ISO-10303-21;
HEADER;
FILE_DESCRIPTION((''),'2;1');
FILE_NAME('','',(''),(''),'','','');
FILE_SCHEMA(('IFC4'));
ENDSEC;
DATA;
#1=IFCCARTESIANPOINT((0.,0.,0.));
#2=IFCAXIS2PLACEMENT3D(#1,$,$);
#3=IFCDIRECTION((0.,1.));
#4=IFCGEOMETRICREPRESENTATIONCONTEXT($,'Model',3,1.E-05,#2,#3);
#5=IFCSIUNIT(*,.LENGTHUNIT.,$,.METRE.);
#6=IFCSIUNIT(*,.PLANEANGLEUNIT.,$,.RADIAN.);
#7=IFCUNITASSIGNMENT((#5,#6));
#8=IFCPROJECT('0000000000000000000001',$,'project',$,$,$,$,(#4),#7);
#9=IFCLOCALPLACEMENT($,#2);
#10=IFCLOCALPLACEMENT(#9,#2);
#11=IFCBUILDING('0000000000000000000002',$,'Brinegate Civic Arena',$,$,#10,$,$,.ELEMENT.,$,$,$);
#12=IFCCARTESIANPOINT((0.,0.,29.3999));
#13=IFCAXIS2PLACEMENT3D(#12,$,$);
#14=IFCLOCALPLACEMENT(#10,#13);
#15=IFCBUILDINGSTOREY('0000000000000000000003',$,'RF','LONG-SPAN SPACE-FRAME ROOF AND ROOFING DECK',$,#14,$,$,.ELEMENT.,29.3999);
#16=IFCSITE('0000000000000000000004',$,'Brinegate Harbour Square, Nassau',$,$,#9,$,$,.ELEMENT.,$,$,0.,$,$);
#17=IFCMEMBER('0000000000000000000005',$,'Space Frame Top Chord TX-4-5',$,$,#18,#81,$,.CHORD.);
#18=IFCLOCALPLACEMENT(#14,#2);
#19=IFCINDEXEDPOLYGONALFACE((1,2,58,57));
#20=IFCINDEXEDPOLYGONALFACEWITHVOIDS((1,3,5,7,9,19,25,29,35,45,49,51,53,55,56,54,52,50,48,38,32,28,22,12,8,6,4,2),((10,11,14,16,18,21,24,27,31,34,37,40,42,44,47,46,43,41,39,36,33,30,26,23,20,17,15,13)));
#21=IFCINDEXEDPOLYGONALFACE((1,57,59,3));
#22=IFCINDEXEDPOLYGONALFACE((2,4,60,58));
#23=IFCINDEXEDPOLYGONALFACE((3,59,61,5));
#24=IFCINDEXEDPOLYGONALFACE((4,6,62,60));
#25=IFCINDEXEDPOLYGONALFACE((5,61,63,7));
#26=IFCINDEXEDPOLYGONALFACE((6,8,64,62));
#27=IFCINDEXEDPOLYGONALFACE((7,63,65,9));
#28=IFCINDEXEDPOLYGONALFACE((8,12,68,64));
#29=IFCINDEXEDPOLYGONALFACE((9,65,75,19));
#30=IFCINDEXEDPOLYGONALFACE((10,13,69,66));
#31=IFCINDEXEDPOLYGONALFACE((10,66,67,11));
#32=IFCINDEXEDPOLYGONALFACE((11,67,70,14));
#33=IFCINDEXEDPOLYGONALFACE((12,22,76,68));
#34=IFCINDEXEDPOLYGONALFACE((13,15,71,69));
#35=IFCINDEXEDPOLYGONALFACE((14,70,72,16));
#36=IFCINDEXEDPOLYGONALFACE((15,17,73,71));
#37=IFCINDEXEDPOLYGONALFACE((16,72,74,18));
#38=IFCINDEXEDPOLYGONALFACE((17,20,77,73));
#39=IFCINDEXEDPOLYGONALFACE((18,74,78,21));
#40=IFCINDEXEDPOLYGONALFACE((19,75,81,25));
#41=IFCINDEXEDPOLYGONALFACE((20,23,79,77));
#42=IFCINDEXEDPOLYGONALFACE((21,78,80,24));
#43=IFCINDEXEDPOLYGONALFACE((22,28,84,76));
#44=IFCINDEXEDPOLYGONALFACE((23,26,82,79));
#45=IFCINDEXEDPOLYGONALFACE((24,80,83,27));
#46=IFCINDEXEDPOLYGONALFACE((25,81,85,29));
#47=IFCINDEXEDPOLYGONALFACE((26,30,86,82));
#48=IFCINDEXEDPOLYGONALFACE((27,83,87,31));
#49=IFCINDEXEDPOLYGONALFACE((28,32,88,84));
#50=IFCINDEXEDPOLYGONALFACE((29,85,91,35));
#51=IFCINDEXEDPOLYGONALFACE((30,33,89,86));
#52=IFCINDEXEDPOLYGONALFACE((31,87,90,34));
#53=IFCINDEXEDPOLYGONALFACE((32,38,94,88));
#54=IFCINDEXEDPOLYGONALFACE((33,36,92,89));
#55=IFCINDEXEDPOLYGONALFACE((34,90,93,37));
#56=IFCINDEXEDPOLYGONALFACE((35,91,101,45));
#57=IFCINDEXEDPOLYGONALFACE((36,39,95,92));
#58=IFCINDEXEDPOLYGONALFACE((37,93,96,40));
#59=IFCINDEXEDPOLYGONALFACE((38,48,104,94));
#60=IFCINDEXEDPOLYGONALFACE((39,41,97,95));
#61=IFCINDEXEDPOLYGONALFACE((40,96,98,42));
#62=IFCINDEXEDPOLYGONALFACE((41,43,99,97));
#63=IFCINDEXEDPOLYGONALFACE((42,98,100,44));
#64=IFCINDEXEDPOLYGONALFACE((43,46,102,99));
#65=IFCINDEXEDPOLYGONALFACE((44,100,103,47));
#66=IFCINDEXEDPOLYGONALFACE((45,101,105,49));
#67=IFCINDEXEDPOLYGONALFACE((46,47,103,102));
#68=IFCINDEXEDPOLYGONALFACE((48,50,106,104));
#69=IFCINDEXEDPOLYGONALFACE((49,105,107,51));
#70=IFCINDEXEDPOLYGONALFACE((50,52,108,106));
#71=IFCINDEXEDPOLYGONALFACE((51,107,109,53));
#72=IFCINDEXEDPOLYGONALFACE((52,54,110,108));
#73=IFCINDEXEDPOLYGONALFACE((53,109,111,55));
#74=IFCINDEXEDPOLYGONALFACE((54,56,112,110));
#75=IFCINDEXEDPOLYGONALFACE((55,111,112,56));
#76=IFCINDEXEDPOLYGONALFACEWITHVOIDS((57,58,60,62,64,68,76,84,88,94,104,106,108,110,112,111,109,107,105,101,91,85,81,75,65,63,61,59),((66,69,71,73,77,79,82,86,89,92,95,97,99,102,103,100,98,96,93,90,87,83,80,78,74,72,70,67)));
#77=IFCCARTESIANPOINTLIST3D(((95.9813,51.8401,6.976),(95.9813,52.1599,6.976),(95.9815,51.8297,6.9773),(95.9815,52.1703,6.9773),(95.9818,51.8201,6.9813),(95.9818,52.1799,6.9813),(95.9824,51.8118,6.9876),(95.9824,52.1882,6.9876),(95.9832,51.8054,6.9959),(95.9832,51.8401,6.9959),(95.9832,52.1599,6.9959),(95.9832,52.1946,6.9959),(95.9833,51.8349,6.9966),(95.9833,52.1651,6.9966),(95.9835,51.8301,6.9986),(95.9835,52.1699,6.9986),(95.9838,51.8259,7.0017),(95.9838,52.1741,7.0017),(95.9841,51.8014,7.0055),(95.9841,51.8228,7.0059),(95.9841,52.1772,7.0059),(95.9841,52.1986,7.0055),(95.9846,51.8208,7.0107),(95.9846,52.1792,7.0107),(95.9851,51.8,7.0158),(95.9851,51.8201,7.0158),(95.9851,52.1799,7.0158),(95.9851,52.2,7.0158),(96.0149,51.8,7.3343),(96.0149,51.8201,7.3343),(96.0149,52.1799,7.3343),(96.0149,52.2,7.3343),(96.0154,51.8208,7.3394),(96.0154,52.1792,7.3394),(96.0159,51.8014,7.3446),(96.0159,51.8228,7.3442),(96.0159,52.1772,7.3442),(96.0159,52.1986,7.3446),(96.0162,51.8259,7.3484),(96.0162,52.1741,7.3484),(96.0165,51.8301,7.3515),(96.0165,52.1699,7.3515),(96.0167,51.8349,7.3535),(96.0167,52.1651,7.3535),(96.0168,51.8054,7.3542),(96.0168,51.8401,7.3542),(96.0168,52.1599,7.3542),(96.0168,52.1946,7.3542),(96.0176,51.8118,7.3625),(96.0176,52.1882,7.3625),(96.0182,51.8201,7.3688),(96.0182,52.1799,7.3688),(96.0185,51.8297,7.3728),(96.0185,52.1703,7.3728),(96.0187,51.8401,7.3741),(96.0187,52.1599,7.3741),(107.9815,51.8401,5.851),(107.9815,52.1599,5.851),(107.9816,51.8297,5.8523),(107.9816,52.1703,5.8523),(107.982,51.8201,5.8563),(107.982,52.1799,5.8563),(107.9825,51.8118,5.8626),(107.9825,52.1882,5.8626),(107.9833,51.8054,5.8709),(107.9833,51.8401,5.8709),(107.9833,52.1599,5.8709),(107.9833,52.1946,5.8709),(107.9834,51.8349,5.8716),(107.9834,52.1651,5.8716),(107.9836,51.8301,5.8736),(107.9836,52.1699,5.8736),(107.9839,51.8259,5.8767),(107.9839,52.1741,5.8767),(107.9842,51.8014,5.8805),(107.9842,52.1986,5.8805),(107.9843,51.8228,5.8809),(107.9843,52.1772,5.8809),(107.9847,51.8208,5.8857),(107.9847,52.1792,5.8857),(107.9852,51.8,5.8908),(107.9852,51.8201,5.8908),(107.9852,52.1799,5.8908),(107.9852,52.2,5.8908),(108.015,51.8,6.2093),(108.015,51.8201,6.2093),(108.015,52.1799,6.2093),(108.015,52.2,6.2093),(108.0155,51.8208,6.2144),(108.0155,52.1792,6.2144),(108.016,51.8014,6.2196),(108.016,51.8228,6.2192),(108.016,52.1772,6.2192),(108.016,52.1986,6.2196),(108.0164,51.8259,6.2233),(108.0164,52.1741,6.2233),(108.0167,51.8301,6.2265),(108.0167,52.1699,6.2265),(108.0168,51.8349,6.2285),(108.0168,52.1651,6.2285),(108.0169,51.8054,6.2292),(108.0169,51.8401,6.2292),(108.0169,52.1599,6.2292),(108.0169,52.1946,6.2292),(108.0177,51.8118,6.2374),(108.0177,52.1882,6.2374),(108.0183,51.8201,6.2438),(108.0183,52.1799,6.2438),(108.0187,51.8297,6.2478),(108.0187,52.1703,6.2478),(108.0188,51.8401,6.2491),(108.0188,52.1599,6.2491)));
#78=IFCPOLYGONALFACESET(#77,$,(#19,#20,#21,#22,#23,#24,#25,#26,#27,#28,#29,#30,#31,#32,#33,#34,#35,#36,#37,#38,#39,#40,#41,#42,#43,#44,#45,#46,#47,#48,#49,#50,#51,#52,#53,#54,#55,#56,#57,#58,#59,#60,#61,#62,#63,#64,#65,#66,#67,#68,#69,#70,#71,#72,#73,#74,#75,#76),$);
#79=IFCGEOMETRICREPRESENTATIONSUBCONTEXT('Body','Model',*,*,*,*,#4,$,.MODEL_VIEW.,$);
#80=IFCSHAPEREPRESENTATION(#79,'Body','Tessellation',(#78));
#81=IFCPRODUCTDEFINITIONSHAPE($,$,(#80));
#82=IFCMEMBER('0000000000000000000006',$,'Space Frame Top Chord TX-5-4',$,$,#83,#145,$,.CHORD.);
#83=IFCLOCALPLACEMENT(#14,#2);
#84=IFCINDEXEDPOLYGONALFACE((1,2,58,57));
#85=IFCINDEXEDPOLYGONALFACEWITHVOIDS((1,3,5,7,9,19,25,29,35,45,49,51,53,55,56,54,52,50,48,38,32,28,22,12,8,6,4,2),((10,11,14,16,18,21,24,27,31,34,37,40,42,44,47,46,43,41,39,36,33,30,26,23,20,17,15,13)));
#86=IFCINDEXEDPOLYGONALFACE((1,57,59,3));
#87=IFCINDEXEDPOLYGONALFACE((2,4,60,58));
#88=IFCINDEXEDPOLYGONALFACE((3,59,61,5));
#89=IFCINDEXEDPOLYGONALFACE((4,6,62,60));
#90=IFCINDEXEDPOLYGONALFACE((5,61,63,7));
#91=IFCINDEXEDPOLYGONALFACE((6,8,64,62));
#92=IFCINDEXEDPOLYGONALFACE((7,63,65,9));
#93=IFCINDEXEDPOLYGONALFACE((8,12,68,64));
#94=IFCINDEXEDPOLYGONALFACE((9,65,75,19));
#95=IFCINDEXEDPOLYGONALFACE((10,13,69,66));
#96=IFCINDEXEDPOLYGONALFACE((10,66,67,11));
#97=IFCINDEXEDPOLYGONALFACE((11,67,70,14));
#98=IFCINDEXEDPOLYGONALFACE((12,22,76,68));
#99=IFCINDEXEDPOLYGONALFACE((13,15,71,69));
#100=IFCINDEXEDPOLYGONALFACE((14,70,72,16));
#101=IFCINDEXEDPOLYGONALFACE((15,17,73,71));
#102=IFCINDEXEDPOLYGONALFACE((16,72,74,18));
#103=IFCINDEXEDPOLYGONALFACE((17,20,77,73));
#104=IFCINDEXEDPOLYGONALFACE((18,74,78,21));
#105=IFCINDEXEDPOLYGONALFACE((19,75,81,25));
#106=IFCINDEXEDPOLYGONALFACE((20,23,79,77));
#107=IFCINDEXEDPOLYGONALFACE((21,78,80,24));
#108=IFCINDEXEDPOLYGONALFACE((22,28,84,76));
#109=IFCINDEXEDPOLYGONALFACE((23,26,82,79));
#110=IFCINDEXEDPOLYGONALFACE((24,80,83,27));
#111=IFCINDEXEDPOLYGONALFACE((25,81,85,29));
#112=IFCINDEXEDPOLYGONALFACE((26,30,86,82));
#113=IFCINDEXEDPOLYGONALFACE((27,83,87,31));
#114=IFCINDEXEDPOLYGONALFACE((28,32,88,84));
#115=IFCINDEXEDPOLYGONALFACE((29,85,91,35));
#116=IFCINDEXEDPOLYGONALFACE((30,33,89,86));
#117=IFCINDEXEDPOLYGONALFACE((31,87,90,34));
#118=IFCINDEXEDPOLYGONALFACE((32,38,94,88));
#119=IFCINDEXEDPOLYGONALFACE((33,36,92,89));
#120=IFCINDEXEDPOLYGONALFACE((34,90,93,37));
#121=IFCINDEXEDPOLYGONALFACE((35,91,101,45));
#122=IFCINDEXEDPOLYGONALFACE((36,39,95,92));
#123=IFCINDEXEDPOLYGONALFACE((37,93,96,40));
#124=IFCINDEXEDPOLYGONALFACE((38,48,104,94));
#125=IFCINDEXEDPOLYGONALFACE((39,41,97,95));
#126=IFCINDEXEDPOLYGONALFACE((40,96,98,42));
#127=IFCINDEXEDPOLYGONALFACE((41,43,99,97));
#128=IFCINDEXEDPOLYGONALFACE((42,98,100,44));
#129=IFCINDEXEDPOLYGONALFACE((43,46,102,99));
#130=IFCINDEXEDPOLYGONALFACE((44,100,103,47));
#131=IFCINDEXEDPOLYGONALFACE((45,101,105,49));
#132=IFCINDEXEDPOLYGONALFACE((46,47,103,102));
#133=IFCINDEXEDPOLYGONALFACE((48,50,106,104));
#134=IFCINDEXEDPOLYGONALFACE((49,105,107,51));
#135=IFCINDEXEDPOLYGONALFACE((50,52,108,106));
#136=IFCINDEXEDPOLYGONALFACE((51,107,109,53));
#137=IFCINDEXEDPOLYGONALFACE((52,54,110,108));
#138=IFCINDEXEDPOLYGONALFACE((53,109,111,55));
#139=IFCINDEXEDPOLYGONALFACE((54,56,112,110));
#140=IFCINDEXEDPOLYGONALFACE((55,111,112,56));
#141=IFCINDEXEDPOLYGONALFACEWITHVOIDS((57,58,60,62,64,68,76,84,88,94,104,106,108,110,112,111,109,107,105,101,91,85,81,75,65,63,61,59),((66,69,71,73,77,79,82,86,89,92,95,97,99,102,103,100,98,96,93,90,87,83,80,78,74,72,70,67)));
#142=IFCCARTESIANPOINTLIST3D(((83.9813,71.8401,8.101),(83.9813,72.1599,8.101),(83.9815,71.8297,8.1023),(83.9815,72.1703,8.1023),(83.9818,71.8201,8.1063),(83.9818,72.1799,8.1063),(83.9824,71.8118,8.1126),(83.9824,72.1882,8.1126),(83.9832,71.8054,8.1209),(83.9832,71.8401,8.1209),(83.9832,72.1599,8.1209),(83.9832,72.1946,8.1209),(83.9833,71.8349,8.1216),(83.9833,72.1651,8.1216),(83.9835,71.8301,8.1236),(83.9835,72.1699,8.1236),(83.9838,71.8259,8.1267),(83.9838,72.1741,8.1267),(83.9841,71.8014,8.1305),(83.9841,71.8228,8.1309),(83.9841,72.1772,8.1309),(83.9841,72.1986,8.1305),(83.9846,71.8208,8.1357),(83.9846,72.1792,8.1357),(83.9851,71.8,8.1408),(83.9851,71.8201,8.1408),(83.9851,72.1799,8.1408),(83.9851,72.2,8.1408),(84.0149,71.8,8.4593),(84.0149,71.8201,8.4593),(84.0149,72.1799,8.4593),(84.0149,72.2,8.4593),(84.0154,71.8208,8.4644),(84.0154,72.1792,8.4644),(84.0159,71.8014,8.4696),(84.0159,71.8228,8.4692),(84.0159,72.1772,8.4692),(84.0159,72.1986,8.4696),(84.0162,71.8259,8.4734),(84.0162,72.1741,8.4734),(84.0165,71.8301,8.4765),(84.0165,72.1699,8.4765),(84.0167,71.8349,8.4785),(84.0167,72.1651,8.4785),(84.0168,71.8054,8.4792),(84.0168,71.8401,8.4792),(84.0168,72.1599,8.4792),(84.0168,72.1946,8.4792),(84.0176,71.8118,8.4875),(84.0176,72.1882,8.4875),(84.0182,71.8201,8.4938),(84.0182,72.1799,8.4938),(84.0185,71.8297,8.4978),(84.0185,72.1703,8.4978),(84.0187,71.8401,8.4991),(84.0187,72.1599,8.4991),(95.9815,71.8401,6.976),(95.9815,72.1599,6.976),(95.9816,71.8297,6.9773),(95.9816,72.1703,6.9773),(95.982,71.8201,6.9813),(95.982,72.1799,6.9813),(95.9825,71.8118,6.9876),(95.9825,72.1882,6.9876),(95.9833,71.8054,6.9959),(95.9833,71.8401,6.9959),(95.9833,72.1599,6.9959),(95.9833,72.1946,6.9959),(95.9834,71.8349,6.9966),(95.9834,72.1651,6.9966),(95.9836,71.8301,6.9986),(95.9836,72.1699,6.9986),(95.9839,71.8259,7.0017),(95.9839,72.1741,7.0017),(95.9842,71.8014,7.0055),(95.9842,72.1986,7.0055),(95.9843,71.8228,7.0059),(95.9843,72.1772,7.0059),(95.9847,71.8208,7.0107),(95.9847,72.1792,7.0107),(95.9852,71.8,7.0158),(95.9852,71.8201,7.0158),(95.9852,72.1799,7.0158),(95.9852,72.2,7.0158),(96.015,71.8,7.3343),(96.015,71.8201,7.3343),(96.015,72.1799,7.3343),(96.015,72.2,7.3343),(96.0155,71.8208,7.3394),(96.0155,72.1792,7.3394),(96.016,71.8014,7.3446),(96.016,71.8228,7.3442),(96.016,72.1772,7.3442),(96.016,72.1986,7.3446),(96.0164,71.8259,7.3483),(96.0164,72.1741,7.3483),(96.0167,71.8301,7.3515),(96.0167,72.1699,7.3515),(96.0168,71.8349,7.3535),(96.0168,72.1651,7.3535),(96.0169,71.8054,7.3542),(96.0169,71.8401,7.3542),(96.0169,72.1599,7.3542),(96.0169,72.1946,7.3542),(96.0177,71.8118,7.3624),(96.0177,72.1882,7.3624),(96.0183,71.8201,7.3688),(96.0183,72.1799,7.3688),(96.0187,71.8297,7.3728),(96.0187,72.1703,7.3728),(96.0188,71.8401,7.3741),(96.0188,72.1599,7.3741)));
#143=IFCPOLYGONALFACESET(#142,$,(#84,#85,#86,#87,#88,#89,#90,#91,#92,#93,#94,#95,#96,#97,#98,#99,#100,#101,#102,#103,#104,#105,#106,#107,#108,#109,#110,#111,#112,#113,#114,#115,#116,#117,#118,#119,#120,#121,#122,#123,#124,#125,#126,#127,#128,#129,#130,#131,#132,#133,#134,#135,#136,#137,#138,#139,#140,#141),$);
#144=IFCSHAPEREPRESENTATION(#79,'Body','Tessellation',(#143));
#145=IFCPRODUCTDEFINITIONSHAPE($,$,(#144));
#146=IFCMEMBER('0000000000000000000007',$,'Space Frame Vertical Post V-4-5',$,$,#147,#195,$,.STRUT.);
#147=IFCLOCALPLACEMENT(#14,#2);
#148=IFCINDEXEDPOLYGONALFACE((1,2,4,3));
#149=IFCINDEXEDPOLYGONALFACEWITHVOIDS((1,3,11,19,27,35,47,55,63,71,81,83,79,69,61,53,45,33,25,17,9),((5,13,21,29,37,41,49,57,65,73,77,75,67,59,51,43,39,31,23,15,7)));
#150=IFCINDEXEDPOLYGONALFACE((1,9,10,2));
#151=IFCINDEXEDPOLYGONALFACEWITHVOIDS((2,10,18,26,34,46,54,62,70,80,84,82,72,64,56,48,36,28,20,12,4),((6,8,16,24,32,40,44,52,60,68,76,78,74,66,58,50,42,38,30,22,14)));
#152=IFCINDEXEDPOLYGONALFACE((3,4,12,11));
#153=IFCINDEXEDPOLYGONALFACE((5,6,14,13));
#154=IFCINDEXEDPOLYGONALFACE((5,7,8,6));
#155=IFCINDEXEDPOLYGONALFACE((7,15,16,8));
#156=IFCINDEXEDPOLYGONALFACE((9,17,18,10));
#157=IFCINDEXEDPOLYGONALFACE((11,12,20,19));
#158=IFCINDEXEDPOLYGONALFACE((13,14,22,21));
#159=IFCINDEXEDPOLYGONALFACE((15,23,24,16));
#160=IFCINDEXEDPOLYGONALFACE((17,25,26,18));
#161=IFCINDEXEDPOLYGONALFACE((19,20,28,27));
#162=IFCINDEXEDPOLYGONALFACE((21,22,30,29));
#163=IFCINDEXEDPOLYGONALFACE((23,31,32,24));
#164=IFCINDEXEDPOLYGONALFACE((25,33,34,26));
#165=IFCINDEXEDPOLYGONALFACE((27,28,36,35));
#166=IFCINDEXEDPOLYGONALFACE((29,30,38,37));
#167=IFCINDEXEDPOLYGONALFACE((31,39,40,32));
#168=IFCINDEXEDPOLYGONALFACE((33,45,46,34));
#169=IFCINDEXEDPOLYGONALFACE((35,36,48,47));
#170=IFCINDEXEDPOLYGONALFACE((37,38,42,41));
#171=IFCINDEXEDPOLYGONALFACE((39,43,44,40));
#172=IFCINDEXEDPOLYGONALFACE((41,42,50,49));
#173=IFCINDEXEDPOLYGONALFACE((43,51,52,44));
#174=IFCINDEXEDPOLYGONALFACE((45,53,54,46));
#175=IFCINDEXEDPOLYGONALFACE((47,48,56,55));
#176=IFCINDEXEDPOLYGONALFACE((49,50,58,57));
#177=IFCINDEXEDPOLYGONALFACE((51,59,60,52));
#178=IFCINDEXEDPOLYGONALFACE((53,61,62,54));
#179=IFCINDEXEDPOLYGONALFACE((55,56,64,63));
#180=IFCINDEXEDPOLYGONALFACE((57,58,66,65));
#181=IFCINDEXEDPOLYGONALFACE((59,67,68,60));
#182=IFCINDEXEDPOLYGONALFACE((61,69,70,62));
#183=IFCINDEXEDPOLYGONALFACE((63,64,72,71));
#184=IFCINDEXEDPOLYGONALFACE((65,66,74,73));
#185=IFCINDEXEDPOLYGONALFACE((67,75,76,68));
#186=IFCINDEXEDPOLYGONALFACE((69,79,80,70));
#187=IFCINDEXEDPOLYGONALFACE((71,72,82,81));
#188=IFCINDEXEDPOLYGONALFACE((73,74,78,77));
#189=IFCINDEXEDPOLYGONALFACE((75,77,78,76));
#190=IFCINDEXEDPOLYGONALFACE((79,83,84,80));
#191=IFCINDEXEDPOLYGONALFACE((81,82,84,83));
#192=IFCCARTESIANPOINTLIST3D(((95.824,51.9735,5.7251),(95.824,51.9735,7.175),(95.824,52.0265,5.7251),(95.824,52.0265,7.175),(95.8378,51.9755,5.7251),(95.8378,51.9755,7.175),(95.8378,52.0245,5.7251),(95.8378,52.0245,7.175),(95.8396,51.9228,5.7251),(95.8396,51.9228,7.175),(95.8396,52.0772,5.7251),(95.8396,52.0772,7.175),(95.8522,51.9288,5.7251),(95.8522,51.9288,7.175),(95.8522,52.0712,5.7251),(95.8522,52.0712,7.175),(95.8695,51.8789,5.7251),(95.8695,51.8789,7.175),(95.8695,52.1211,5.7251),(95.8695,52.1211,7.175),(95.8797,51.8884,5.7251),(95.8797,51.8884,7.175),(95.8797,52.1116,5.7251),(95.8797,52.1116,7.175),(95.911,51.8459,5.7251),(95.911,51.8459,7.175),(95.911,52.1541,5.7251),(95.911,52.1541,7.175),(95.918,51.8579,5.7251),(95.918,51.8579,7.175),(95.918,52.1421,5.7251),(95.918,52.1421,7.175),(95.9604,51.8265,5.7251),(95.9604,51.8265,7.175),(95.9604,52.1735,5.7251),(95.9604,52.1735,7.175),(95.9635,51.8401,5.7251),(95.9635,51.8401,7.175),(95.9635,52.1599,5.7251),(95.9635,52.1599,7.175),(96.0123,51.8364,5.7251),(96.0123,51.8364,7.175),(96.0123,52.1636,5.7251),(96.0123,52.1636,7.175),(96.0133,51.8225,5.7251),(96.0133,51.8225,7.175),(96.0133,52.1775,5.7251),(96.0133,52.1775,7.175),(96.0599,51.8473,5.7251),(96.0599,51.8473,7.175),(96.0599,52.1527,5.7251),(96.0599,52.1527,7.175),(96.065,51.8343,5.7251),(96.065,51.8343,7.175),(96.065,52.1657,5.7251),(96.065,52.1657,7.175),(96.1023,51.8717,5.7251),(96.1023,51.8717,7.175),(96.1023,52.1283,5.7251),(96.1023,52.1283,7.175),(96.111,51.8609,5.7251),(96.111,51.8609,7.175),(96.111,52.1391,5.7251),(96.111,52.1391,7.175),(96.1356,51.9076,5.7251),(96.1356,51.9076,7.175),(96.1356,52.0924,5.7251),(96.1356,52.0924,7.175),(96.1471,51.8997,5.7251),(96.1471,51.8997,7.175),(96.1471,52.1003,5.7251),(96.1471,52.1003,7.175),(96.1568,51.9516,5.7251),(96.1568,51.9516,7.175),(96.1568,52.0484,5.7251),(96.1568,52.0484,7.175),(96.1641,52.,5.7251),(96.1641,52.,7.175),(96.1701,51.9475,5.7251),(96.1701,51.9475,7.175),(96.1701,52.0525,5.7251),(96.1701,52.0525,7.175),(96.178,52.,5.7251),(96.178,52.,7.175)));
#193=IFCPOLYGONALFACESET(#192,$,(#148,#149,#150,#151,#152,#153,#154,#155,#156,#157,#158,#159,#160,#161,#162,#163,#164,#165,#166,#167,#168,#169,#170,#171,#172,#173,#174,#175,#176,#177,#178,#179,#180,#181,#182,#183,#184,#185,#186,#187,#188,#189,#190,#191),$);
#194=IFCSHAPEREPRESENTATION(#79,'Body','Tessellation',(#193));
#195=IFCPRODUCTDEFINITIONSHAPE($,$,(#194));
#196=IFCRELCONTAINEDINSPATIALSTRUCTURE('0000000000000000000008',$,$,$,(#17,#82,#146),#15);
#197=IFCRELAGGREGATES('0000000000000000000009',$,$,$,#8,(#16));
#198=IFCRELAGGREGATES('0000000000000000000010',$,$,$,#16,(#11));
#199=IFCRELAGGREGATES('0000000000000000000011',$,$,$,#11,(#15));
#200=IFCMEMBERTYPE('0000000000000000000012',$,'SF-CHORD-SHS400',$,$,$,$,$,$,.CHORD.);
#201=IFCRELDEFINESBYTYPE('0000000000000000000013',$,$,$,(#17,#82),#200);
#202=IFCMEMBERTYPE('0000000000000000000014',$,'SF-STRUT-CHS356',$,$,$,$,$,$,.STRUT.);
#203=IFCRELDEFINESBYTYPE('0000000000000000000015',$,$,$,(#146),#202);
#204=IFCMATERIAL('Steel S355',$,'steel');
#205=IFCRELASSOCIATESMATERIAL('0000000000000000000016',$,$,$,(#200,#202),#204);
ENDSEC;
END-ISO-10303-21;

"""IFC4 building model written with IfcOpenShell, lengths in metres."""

from ifc_helpers import new_model, si_unit, direction, frame, origin, origin_2d, place, context, subcontext, project, spatial, hollow_rectangle, hollow_circle, extrude, material, material_profile, profile_set, type_object, element, save


model = new_model("IFC4")

# Units and contexts
model_context = context("Model", 3, precision=1e-05, world=origin(), true_north=direction((0.0, 1.0)))
body_context = subcontext(model_context, "Body", "Model", "MODEL_VIEW")
ifc_project = project(units=[si_unit("LENGTHUNIT", "METRE"), si_unit("PLANEANGLEUNIT", "RADIAN")], contexts=[model_context])

# Site, building, storey
site_placement = place(None, origin())
site = spatial("IfcSite", under=ifc_project, at=site_placement, Name="Brinegate Harbour Square, Nassau", CompositionType="ELEMENT", RefElevation=0.0)
building_placement = place(site_placement, origin())
building = spatial("IfcBuilding", under=site, at=building_placement, Name="Brinegate Civic Arena", CompositionType="ELEMENT")
storey_placement = place(building_placement, frame((0.0, 0.0, 29.3999)))
storey = spatial("IfcBuildingStorey", under=building, at=storey_placement, Name="RF", Description="LONG-SPAN SPACE-FRAME ROOF AND ROOFING DECK", CompositionType="ELEMENT", Elevation=29.3999)

# Members
ifc_material = material(Name="Steel S355", Category="steel")
ifc_material_profile_1 = material_profile(ifc_material, hollow_rectangle(XDim=0.3999, YDim=0.3999, WallThickness=0.02, InnerFilletRadius=0.02, OuterFilletRadius=0.04, at=origin_2d()), Name="SHS400X20")
ifc_profile_set_1 = profile_set([ifc_material_profile_1], Name="Steel S355")
member_type_1 = type_object("IfcMemberType", Name="SF-CHORD-SHS400", PredefinedType="CHORD", material=ifc_profile_set_1)
for number, where, z_axis, x_axis, name in (
    (1, (96.0, 52.0, 7.175), (0.995634, 0.0, -0.093341), (0.0, 1.0, 0.0), "Space Frame Top Chord TX-4-5"),
    (2, (84.0, 72.0, 8.3), (0.995634, 0.0, -0.093341), (0.0, 1.0, 0.0), "Space Frame Top Chord TX-5-4"),
):
    element("IfcMember", number, at=place(storey_placement, frame(where, z_axis=z_axis, x_axis=x_axis)), inside=storey, type_object=member_type_1, Name=name, PredefinedType="CHORD", context=body_context, shape_type="SweptSolid", body=[
        extrude(hollow_rectangle(XDim=0.3999, YDim=0.3999, WallThickness=0.02, InnerFilletRadius=0.02, OuterFilletRadius=0.04, at=origin_2d()), origin(), (0.0, 0.0, 1.0), 12.0527),
    ])
ifc_material_profile_2 = material_profile(ifc_material, hollow_circle(Radius=0.178, WallThickness=0.0139, at=origin_2d()), Name="CHS356X14")
ifc_profile_set_2 = profile_set([ifc_material_profile_2], Name="Steel S355")
member_type_2 = type_object("IfcMemberType", Name="SF-STRUT-CHS356", PredefinedType="STRUT", material=ifc_profile_set_2)
member_1_placement = place(storey_placement, frame((96.0, 52.0, 5.7251), z_axis=(0.0, 0.0, 1.0), x_axis=(1.0, 0.0, 0.0)))
element("IfcMember", 3, at=member_1_placement, inside=storey, type_object=member_type_2, Name="Space Frame Vertical Post V-4-5", PredefinedType="STRUT", context=body_context, shape_type="SweptSolid", body=[
    extrude(hollow_circle(Radius=0.178, WallThickness=0.0139, at=origin_2d()), origin(), (0.0, 0.0, 1.0), 1.45),
])

save(model, "model.ifc")
